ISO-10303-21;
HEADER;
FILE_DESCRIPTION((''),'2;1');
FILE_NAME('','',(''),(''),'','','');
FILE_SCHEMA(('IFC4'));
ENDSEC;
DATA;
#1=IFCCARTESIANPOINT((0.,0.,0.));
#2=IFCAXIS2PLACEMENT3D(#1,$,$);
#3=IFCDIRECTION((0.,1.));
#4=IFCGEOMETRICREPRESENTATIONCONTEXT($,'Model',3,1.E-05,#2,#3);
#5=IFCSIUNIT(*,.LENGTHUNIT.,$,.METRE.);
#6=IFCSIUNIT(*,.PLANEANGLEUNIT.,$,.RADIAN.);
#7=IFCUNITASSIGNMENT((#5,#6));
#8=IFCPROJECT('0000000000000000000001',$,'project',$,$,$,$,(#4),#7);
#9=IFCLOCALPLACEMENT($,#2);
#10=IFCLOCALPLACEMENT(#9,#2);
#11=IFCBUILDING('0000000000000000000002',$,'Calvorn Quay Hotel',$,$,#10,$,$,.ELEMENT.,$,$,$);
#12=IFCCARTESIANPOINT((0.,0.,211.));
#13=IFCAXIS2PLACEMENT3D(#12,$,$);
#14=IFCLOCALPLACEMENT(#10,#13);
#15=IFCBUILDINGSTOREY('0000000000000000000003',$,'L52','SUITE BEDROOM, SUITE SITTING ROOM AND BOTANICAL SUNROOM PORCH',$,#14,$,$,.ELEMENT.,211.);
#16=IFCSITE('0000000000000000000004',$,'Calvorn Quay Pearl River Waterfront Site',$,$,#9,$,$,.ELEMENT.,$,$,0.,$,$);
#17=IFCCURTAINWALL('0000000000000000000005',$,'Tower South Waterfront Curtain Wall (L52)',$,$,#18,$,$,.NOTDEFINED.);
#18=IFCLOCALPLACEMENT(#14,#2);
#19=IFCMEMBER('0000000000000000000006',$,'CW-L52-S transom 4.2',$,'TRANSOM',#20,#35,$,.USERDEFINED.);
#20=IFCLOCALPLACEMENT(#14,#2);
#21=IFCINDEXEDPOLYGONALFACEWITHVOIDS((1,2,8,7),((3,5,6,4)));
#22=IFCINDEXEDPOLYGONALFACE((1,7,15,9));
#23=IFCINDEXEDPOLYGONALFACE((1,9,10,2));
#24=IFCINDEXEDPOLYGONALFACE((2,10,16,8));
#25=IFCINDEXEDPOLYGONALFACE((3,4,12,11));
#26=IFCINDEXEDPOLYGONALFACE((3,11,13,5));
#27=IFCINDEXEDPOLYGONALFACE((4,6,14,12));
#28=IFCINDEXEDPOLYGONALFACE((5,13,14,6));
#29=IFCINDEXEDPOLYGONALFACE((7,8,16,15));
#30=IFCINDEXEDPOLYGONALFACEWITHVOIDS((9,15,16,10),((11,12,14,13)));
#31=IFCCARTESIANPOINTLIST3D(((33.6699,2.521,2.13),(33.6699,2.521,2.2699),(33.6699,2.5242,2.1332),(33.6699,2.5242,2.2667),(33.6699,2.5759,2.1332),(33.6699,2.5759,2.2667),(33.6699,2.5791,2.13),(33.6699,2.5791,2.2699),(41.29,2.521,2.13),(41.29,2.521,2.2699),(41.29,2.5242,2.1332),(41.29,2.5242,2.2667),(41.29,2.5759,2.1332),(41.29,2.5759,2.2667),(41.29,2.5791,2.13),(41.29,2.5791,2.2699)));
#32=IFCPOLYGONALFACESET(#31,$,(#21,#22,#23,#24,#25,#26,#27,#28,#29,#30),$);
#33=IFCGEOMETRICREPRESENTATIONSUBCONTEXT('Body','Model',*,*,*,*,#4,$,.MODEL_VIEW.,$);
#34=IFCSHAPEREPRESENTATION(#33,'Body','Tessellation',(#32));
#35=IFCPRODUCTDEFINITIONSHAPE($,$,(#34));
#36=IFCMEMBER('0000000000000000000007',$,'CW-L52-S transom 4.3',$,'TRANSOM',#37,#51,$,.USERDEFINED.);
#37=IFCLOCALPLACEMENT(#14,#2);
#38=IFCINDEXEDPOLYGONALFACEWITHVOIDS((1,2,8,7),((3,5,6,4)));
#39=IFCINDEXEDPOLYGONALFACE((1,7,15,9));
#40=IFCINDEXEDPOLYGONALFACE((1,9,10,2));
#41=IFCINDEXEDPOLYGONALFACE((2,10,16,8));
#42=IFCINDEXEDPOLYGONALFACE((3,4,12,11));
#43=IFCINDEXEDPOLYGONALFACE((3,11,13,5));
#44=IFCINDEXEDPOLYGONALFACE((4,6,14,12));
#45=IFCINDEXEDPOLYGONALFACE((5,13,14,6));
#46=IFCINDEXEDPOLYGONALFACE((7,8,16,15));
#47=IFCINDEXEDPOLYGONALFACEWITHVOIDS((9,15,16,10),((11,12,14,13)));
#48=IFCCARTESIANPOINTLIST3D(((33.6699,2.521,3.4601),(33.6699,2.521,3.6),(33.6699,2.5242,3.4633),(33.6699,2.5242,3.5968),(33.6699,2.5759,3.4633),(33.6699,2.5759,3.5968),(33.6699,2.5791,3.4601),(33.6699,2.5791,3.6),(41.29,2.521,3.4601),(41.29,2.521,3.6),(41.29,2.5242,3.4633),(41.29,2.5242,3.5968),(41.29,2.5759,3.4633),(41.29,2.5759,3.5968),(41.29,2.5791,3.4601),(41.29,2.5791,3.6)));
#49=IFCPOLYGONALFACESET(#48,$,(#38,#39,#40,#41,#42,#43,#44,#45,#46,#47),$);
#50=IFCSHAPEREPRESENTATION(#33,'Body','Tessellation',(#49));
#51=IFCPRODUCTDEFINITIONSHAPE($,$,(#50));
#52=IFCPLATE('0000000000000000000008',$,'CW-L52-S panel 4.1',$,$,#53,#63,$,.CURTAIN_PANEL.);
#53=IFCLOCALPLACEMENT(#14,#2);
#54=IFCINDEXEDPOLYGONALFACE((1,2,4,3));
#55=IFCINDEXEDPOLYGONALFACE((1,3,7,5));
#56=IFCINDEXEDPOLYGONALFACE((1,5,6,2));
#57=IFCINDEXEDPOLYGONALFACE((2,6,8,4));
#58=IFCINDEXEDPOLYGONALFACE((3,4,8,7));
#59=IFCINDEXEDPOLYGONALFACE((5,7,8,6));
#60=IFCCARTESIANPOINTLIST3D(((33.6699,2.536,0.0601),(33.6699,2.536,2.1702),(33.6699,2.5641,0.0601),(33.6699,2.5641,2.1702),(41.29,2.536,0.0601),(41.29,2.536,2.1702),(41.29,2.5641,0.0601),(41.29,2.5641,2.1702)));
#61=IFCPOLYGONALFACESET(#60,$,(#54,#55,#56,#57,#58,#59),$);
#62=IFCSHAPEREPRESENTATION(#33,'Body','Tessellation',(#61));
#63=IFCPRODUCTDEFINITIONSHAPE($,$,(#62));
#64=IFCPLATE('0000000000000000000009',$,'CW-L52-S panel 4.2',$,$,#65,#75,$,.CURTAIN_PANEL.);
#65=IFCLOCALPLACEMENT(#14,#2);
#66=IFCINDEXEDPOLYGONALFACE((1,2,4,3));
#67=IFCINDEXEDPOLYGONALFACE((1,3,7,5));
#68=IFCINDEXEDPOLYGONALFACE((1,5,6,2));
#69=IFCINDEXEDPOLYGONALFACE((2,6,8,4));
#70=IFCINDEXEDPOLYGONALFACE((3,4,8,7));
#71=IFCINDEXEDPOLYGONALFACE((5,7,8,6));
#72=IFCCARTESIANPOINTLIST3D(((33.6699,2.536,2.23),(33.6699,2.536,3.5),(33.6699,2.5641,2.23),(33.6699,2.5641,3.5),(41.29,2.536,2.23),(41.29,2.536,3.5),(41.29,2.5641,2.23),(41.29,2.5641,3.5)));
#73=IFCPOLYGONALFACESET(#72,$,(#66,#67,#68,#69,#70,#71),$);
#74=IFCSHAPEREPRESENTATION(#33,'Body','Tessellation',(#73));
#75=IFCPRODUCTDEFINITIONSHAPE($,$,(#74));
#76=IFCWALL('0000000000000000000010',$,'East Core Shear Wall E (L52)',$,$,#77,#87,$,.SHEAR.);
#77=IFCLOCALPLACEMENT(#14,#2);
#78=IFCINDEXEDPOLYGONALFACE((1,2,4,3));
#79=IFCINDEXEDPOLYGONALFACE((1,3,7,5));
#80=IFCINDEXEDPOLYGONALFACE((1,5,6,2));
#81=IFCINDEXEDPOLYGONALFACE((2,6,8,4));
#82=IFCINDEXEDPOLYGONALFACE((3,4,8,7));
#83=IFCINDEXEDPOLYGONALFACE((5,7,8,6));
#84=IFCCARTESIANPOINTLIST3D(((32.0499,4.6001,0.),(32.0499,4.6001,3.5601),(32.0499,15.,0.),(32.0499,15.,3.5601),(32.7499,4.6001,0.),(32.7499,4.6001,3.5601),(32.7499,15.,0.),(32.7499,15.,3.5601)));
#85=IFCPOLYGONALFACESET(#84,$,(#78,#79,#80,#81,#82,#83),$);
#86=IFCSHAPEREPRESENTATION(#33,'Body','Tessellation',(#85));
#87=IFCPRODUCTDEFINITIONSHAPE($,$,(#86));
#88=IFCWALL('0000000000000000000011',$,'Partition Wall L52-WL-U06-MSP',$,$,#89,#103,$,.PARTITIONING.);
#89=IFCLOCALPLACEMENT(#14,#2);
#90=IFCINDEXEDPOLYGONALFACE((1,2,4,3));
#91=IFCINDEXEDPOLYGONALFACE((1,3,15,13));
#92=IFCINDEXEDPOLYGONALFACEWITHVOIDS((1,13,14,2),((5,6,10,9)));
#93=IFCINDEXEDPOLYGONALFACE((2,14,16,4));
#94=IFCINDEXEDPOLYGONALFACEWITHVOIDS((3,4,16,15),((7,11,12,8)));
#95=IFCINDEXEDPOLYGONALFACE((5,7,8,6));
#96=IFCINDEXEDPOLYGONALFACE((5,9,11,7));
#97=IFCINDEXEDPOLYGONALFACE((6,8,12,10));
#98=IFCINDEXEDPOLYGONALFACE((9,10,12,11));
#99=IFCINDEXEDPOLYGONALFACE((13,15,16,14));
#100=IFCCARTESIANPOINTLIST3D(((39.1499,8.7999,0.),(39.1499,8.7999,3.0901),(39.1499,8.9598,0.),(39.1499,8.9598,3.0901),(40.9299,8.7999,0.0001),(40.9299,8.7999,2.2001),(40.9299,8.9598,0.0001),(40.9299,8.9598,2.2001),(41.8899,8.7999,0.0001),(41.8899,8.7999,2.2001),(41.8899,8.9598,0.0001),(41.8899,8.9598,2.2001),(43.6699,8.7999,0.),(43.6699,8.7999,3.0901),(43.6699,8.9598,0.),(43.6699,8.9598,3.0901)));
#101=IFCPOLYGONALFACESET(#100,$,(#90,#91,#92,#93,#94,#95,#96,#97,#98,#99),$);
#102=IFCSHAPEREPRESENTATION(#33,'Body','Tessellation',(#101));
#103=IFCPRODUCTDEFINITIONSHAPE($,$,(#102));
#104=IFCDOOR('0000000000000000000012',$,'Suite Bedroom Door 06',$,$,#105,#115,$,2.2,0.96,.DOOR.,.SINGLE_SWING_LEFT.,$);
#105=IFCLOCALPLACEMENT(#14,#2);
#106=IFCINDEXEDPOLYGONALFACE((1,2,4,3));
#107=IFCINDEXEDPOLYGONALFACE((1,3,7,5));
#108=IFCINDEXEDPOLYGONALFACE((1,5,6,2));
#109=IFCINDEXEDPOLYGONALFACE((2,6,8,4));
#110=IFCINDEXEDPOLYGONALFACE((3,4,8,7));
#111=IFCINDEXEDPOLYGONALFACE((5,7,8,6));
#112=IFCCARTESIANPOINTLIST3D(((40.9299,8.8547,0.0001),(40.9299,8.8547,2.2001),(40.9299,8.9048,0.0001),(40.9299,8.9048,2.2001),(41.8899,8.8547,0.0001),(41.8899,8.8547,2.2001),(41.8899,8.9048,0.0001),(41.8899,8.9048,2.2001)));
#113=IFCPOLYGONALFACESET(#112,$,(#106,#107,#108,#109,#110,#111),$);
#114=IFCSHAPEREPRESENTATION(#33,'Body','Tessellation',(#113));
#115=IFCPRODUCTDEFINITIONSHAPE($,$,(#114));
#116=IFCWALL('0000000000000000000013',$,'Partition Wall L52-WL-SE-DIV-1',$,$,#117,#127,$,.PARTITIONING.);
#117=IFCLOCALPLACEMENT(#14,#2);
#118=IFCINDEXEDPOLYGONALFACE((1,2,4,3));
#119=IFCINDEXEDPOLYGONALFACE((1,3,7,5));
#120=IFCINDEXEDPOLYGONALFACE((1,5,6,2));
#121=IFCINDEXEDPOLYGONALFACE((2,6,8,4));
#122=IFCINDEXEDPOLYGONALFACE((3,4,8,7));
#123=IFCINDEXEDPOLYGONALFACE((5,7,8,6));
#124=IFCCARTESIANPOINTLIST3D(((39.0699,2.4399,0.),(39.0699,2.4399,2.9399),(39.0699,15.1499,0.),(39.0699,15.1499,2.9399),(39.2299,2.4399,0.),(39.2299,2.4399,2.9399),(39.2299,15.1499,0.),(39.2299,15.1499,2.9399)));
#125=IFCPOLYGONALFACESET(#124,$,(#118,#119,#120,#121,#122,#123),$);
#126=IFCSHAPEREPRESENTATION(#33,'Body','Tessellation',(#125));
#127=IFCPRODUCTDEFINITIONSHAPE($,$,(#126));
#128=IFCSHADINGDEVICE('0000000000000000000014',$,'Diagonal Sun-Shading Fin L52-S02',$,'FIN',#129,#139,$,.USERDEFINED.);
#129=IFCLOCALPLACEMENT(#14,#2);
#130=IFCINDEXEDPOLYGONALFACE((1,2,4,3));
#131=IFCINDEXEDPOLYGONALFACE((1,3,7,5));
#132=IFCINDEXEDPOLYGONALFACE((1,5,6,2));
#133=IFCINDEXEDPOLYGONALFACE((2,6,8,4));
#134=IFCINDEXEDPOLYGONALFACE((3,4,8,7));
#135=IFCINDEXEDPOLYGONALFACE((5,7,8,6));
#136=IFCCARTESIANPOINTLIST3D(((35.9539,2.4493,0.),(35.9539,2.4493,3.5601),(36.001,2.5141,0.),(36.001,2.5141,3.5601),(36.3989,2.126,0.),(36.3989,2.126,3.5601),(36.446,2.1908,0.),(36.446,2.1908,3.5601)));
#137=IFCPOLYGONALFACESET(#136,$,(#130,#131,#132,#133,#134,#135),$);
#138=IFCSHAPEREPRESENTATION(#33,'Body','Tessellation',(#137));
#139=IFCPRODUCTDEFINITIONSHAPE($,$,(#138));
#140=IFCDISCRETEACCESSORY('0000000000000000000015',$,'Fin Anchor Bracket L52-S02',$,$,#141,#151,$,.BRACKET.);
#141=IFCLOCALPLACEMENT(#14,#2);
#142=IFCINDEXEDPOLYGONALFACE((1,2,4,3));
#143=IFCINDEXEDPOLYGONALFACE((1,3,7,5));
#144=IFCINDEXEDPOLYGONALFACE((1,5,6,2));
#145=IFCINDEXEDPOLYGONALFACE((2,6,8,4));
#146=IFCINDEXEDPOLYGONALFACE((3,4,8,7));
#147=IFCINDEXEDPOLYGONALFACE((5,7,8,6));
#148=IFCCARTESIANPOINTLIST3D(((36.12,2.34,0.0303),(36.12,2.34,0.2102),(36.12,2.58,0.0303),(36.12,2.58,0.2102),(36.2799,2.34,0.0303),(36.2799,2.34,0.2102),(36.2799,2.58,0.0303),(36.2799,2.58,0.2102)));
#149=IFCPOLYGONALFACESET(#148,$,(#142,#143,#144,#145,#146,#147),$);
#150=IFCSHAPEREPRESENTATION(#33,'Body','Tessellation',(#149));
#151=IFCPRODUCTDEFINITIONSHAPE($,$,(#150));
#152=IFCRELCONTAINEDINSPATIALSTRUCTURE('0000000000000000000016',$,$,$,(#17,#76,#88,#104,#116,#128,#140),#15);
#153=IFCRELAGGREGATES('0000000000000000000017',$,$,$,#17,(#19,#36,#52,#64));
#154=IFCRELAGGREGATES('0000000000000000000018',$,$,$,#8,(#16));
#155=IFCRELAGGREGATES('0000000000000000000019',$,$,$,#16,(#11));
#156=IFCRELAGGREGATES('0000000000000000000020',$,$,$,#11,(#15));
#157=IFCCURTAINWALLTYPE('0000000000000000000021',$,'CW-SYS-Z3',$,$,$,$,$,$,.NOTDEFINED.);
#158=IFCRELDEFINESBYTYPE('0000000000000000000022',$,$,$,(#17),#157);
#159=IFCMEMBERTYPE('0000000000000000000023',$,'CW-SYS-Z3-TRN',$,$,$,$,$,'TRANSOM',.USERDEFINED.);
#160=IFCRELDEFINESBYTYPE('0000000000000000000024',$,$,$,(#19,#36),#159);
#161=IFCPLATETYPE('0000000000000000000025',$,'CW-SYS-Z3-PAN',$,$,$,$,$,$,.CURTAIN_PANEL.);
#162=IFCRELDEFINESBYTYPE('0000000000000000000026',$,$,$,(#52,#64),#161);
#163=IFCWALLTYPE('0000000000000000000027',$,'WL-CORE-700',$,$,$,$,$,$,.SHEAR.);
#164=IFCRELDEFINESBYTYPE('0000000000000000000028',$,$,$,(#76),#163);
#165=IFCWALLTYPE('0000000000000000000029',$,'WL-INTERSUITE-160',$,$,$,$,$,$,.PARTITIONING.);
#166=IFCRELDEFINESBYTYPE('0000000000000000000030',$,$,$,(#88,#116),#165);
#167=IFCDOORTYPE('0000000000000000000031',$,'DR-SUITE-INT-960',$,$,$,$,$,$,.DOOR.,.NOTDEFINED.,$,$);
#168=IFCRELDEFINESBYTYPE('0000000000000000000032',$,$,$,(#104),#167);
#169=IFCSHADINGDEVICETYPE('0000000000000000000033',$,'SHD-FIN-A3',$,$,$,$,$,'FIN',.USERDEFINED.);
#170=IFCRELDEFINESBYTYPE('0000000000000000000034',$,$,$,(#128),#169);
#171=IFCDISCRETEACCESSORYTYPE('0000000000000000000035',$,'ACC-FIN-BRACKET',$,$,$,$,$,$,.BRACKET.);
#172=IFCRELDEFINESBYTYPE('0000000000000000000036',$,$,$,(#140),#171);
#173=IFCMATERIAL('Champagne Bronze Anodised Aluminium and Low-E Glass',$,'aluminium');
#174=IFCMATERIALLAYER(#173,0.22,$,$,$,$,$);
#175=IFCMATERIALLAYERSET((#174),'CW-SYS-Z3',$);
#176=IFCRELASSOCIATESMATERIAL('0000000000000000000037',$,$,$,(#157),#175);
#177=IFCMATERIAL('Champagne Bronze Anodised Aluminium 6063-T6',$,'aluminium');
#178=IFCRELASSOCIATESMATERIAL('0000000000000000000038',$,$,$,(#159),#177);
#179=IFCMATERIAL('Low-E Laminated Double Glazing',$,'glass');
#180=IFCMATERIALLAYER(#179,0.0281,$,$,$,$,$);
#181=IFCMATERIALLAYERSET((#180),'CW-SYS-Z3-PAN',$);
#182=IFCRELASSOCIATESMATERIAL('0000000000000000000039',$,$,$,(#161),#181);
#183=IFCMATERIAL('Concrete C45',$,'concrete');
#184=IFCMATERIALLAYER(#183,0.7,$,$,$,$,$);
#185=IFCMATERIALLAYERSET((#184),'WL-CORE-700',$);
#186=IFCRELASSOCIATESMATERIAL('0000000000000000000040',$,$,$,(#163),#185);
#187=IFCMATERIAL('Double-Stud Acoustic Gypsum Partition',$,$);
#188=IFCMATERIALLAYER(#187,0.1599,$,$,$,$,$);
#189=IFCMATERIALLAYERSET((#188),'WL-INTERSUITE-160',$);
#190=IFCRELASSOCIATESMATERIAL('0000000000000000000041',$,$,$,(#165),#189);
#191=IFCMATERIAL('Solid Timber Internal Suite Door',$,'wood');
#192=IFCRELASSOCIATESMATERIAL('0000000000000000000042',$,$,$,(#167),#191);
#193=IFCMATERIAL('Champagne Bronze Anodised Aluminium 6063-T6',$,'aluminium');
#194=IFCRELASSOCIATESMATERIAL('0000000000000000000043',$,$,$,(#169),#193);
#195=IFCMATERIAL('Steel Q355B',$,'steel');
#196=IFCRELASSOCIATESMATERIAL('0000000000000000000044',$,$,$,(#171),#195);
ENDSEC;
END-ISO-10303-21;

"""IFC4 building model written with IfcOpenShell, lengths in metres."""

from ifc_helpers import new_model, si_unit, direction, frame, frame_2d, origin, origin_2d, place, context, subcontext, project, spatial, rectangle, hollow_rectangle, extrude, material, layer, layer_set, material_profile, profile_set, type_object, element, fill, aggregate, save


model = new_model("IFC4")

# Units and contexts
model_context = context("Model", 3, precision=1e-05, world=origin(), true_north=direction((0.0, 1.0)))
body_context = subcontext(model_context, "Body", "Model", "MODEL_VIEW")
ifc_project = project(units=[si_unit("LENGTHUNIT", "METRE"), si_unit("PLANEANGLEUNIT", "RADIAN")], contexts=[model_context])

# Site, building, storey
site_placement = place(None, origin())
site = spatial("IfcSite", under=ifc_project, at=site_placement, Name="Calvorn Quay Pearl River Waterfront Site", CompositionType="ELEMENT", RefElevation=0.0)
building_placement = place(site_placement, origin())
building = spatial("IfcBuilding", under=site, at=building_placement, Name="Calvorn Quay Hotel", CompositionType="ELEMENT")
storey_placement = place(building_placement, frame((0.0, 0.0, 211.0)))
storey = spatial("IfcBuildingStorey", under=building, at=storey_placement, Name="L52", Description="SUITE BEDROOM, SUITE SITTING ROOM AND BOTANICAL SUNROOM PORCH", CompositionType="ELEMENT", Elevation=211.0)

# Curtain wall, members, plates
ifc_material_1 = material(Name="Champagne Bronze Anodised Aluminium and Low-E Glass", Category="aluminium")
ifc_layer_1 = layer(ifc_material_1, 0.22)
ifc_layer_set_1 = layer_set([ifc_layer_1], Name="CW-SYS-Z3")
curtain_wall_type = type_object("IfcCurtainWallType", Name="CW-SYS-Z3", PredefinedType="NOTDEFINED", material=ifc_layer_set_1)
curtain_wall_placement = place(storey_placement, origin())
curtain_wall = element("IfcCurtainWall", 1, at=curtain_wall_placement, inside=storey, type_object=curtain_wall_type, Name="Tower South Waterfront Curtain Wall (L52)", PredefinedType="NOTDEFINED")
ifc_material_2 = material(Name="Champagne Bronze Anodised Aluminium 6063-T6", Category="aluminium")
ifc_material_profile_1 = material_profile(ifc_material_2, hollow_rectangle(XDim=0.0581, YDim=0.1399, WallThickness=0.0032, at=origin_2d()), Name="ALU-T140x58x3.2")
ifc_profile_set_1 = profile_set([ifc_material_profile_1], Name="Champagne Bronze Anodised Aluminium 6063-T6")
member_type_1 = type_object("IfcMemberType", Name="CW-SYS-Z3-TRN", ElementType="TRANSOM", PredefinedType="USERDEFINED", material=ifc_profile_set_1)
member_1_placement = place(storey_placement, frame((33.6699, 2.55, 2.2), z_axis=(1.0, 0.0, 0.0), x_axis=(0.0, 1.0, 0.0)))
member_1 = element("IfcMember", 2, at=member_1_placement, type_object=member_type_1, Name="CW-L52-S transom 4.2", ObjectType="TRANSOM", PredefinedType="USERDEFINED", context=body_context, shape_type="SweptSolid", body=[
    extrude(hollow_rectangle(XDim=0.0581, YDim=0.1399, WallThickness=0.0032, at=origin_2d()), origin(), (0.0, 0.0, 1.0), 7.6201),
])
member_2_placement = place(storey_placement, frame((33.6699, 2.55, 3.53), z_axis=(1.0, 0.0, 0.0), x_axis=(0.0, 1.0, 0.0)))
member_2 = element("IfcMember", 3, at=member_2_placement, type_object=member_type_1, Name="CW-L52-S transom 4.3", ObjectType="TRANSOM", PredefinedType="USERDEFINED", context=body_context, shape_type="SweptSolid", body=[
    extrude(hollow_rectangle(XDim=0.0581, YDim=0.1399, WallThickness=0.0032, at=origin_2d()), origin(), (0.0, 0.0, 1.0), 7.6201),
])
ifc_material_3 = material(Name="Low-E Laminated Double Glazing", Category="glass")
ifc_layer_2 = layer(ifc_material_3, 0.0281)
ifc_layer_set_2 = layer_set([ifc_layer_2], Name="CW-SYS-Z3-PAN")
plate_type = type_object("IfcPlateType", Name="CW-SYS-Z3-PAN", PredefinedType="CURTAIN_PANEL", material=ifc_layer_set_2)
plate_1_placement = place(storey_placement, frame((37.48, 2.55, 0.0601), z_axis=(0.0, 0.0, 1.0), x_axis=(1.0, 0.0, 0.0)))
plate_1 = element("IfcPlate", 4, at=plate_1_placement, type_object=plate_type, Name="CW-L52-S panel 4.1", PredefinedType="CURTAIN_PANEL", context=body_context, shape_type="SweptSolid", body=[
    extrude(rectangle(XDim=7.6201, YDim=0.0281, at=origin_2d()), origin(), (0.0, 0.0, 1.0), 2.1101),
])
plate_2_placement = place(storey_placement, frame((37.48, 2.55, 2.23), z_axis=(0.0, 0.0, 1.0), x_axis=(1.0, 0.0, 0.0)))
plate_2 = element("IfcPlate", 5, at=plate_2_placement, type_object=plate_type, Name="CW-L52-S panel 4.2", PredefinedType="CURTAIN_PANEL", context=body_context, shape_type="SweptSolid", body=[
    extrude(rectangle(XDim=7.6201, YDim=0.0281, at=origin_2d()), origin(), (0.0, 0.0, 1.0), 1.27),
])
aggregate(curtain_wall, [member_1, member_2, plate_1, plate_2])

# Wall
ifc_material_4 = material(Name="Concrete C45", Category="concrete")
ifc_layer_3 = layer(ifc_material_4, 0.7)
ifc_layer_set_3 = layer_set([ifc_layer_3], Name="WL-CORE-700")
wall_type_1 = type_object("IfcWallType", Name="WL-CORE-700", PredefinedType="SHEAR", material=ifc_layer_set_3)
wall_1_placement = place(storey_placement, frame((32.3999, 4.6001, 0.0), z_axis=(0.0, 0.0, 1.0), x_axis=(0.0, 1.0, 0.0)))
element("IfcWall", 6, at=wall_1_placement, inside=storey, type_object=wall_type_1, Name="East Core Shear Wall E (L52)", PredefinedType="SHEAR", context=body_context, shape_type="SweptSolid", body=[
    extrude(rectangle(XDim=10.3999, YDim=0.7, at=frame_2d((5.2, 0.0))), origin(), (0.0, 0.0, 1.0), 3.5601),
])

# Wall, opening, door
ifc_material_5 = material(Name="Double-Stud Acoustic Gypsum Partition")
ifc_layer_4 = layer(ifc_material_5, 0.1599)
ifc_layer_set_4 = layer_set([ifc_layer_4], Name="WL-INTERSUITE-160")
wall_type_2 = type_object("IfcWallType", Name="WL-INTERSUITE-160", PredefinedType="PARTITIONING", material=ifc_layer_set_4)
wall_2_placement = place(storey_placement, frame((39.1499, 8.8799, 0.0), z_axis=(0.0, 0.0, 1.0), x_axis=(1.0, 0.0, 0.0)))
wall_2 = element("IfcWall", 7, at=wall_2_placement, inside=storey, type_object=wall_type_2, Name="Partition Wall L52-WL-U06-MSP", PredefinedType="PARTITIONING", context=body_context, shape_type="SweptSolid", body=[
    extrude(rectangle(XDim=4.52, YDim=0.1599, at=frame_2d((2.26, 0.0))), origin(), (0.0, 0.0, 1.0), 3.0901),
])
opening_placement = place(wall_2_placement, frame((1.78, 0.0, 0.0)))
opening = element("IfcOpeningElement", 8, at=opening_placement, cuts=wall_2, PredefinedType="OPENING", context=body_context, shape_type="SweptSolid", body=[
    extrude(rectangle(XDim=0.96, YDim=2.2, at=frame_2d((0.48, 1.1001))), frame((0.0, 0.0898, 0.0), z_axis=(0.0, -1.0, 0.0), x_axis=(1.0, 0.0, 0.0)), (0.0, 0.0, 1.0), 0.1799),
])
ifc_material_6 = material(Name="Solid Timber Internal Suite Door", Category="wood")
door_type = type_object("IfcDoorType", Name="DR-SUITE-INT-960", OperationType="NOTDEFINED", PredefinedType="DOOR", material=ifc_material_6)
door_placement = place(opening_placement, origin())
door = element("IfcDoor", 9, at=door_placement, inside=storey, type_object=door_type, Name="Suite Bedroom Door 06", OperationType="SINGLE_SWING_LEFT", OverallHeight=2.2, OverallWidth=0.96, PredefinedType="DOOR", context=body_context, shape_type="SweptSolid", body=[
    extrude(rectangle(XDim=0.96, YDim=2.2, at=frame_2d((0.48, 1.1001))), frame((0.0, 0.0249, 0.0), z_axis=(0.0, -1.0, 0.0), x_axis=(1.0, 0.0, 0.0)), (0.0, 0.0, 1.0), 0.05),
])
fill(opening, door)

# Wall
wall_3_placement = place(storey_placement, frame((39.1499, 2.4399, 0.0), z_axis=(0.0, 0.0, 1.0), x_axis=(0.0, 1.0, 0.0)))
element("IfcWall", 10, at=wall_3_placement, inside=storey, type_object=wall_type_2, Name="Partition Wall L52-WL-SE-DIV-1", PredefinedType="PARTITIONING", context=body_context, shape_type="SweptSolid", body=[
    extrude(rectangle(XDim=12.71, YDim=0.1599, at=frame_2d((6.355, 0.0))), origin(), (0.0, 0.0, 1.0), 2.9399),
])

# Shading device
ifc_material_7 = material(Name="Champagne Bronze Anodised Aluminium 6063-T6", Category="aluminium")
shading_device_type = type_object("IfcShadingDeviceType", Name="SHD-FIN-A3", ElementType="FIN", PredefinedType="USERDEFINED", material=ifc_material_7)
shading_device_placement = place(storey_placement, frame((36.2, 2.3201, 0.0), z_axis=(0.0, 0.0, 1.0), x_axis=(-0.809017, 0.587785, 0.0)))
element("IfcShadingDevice", 11, at=shading_device_placement, inside=storey, type_object=shading_device_type, Name="Diagonal Sun-Shading Fin L52-S02", ObjectType="FIN", PredefinedType="USERDEFINED", context=body_context, shape_type="SweptSolid", body=[
    extrude(rectangle(XDim=0.55, YDim=0.0801, at=origin_2d()), origin(), (0.0, 0.0, 1.0), 3.5601),
])

# Discrete accessory
ifc_material_8 = material(Name="Steel Q355B", Category="steel")
discrete_accessory_type = type_object("IfcDiscreteAccessoryType", Name="ACC-FIN-BRACKET", PredefinedType="BRACKET", material=ifc_material_8)
discrete_accessory_placement = place(storey_placement, frame((36.2, 2.46, 0.0303), z_axis=(0.0, 0.0, 1.0), x_axis=(0.0, 1.0, 0.0)))
element("IfcDiscreteAccessory", 12, at=discrete_accessory_placement, inside=storey, type_object=discrete_accessory_type, Name="Fin Anchor Bracket L52-S02", PredefinedType="BRACKET", context=body_context, shape_type="SweptSolid", body=[
    extrude(rectangle(XDim=0.24, YDim=0.1599, at=origin_2d()), origin(), (0.0, 0.0, 1.0), 0.1799),
])

save(model, "model.ifc")
